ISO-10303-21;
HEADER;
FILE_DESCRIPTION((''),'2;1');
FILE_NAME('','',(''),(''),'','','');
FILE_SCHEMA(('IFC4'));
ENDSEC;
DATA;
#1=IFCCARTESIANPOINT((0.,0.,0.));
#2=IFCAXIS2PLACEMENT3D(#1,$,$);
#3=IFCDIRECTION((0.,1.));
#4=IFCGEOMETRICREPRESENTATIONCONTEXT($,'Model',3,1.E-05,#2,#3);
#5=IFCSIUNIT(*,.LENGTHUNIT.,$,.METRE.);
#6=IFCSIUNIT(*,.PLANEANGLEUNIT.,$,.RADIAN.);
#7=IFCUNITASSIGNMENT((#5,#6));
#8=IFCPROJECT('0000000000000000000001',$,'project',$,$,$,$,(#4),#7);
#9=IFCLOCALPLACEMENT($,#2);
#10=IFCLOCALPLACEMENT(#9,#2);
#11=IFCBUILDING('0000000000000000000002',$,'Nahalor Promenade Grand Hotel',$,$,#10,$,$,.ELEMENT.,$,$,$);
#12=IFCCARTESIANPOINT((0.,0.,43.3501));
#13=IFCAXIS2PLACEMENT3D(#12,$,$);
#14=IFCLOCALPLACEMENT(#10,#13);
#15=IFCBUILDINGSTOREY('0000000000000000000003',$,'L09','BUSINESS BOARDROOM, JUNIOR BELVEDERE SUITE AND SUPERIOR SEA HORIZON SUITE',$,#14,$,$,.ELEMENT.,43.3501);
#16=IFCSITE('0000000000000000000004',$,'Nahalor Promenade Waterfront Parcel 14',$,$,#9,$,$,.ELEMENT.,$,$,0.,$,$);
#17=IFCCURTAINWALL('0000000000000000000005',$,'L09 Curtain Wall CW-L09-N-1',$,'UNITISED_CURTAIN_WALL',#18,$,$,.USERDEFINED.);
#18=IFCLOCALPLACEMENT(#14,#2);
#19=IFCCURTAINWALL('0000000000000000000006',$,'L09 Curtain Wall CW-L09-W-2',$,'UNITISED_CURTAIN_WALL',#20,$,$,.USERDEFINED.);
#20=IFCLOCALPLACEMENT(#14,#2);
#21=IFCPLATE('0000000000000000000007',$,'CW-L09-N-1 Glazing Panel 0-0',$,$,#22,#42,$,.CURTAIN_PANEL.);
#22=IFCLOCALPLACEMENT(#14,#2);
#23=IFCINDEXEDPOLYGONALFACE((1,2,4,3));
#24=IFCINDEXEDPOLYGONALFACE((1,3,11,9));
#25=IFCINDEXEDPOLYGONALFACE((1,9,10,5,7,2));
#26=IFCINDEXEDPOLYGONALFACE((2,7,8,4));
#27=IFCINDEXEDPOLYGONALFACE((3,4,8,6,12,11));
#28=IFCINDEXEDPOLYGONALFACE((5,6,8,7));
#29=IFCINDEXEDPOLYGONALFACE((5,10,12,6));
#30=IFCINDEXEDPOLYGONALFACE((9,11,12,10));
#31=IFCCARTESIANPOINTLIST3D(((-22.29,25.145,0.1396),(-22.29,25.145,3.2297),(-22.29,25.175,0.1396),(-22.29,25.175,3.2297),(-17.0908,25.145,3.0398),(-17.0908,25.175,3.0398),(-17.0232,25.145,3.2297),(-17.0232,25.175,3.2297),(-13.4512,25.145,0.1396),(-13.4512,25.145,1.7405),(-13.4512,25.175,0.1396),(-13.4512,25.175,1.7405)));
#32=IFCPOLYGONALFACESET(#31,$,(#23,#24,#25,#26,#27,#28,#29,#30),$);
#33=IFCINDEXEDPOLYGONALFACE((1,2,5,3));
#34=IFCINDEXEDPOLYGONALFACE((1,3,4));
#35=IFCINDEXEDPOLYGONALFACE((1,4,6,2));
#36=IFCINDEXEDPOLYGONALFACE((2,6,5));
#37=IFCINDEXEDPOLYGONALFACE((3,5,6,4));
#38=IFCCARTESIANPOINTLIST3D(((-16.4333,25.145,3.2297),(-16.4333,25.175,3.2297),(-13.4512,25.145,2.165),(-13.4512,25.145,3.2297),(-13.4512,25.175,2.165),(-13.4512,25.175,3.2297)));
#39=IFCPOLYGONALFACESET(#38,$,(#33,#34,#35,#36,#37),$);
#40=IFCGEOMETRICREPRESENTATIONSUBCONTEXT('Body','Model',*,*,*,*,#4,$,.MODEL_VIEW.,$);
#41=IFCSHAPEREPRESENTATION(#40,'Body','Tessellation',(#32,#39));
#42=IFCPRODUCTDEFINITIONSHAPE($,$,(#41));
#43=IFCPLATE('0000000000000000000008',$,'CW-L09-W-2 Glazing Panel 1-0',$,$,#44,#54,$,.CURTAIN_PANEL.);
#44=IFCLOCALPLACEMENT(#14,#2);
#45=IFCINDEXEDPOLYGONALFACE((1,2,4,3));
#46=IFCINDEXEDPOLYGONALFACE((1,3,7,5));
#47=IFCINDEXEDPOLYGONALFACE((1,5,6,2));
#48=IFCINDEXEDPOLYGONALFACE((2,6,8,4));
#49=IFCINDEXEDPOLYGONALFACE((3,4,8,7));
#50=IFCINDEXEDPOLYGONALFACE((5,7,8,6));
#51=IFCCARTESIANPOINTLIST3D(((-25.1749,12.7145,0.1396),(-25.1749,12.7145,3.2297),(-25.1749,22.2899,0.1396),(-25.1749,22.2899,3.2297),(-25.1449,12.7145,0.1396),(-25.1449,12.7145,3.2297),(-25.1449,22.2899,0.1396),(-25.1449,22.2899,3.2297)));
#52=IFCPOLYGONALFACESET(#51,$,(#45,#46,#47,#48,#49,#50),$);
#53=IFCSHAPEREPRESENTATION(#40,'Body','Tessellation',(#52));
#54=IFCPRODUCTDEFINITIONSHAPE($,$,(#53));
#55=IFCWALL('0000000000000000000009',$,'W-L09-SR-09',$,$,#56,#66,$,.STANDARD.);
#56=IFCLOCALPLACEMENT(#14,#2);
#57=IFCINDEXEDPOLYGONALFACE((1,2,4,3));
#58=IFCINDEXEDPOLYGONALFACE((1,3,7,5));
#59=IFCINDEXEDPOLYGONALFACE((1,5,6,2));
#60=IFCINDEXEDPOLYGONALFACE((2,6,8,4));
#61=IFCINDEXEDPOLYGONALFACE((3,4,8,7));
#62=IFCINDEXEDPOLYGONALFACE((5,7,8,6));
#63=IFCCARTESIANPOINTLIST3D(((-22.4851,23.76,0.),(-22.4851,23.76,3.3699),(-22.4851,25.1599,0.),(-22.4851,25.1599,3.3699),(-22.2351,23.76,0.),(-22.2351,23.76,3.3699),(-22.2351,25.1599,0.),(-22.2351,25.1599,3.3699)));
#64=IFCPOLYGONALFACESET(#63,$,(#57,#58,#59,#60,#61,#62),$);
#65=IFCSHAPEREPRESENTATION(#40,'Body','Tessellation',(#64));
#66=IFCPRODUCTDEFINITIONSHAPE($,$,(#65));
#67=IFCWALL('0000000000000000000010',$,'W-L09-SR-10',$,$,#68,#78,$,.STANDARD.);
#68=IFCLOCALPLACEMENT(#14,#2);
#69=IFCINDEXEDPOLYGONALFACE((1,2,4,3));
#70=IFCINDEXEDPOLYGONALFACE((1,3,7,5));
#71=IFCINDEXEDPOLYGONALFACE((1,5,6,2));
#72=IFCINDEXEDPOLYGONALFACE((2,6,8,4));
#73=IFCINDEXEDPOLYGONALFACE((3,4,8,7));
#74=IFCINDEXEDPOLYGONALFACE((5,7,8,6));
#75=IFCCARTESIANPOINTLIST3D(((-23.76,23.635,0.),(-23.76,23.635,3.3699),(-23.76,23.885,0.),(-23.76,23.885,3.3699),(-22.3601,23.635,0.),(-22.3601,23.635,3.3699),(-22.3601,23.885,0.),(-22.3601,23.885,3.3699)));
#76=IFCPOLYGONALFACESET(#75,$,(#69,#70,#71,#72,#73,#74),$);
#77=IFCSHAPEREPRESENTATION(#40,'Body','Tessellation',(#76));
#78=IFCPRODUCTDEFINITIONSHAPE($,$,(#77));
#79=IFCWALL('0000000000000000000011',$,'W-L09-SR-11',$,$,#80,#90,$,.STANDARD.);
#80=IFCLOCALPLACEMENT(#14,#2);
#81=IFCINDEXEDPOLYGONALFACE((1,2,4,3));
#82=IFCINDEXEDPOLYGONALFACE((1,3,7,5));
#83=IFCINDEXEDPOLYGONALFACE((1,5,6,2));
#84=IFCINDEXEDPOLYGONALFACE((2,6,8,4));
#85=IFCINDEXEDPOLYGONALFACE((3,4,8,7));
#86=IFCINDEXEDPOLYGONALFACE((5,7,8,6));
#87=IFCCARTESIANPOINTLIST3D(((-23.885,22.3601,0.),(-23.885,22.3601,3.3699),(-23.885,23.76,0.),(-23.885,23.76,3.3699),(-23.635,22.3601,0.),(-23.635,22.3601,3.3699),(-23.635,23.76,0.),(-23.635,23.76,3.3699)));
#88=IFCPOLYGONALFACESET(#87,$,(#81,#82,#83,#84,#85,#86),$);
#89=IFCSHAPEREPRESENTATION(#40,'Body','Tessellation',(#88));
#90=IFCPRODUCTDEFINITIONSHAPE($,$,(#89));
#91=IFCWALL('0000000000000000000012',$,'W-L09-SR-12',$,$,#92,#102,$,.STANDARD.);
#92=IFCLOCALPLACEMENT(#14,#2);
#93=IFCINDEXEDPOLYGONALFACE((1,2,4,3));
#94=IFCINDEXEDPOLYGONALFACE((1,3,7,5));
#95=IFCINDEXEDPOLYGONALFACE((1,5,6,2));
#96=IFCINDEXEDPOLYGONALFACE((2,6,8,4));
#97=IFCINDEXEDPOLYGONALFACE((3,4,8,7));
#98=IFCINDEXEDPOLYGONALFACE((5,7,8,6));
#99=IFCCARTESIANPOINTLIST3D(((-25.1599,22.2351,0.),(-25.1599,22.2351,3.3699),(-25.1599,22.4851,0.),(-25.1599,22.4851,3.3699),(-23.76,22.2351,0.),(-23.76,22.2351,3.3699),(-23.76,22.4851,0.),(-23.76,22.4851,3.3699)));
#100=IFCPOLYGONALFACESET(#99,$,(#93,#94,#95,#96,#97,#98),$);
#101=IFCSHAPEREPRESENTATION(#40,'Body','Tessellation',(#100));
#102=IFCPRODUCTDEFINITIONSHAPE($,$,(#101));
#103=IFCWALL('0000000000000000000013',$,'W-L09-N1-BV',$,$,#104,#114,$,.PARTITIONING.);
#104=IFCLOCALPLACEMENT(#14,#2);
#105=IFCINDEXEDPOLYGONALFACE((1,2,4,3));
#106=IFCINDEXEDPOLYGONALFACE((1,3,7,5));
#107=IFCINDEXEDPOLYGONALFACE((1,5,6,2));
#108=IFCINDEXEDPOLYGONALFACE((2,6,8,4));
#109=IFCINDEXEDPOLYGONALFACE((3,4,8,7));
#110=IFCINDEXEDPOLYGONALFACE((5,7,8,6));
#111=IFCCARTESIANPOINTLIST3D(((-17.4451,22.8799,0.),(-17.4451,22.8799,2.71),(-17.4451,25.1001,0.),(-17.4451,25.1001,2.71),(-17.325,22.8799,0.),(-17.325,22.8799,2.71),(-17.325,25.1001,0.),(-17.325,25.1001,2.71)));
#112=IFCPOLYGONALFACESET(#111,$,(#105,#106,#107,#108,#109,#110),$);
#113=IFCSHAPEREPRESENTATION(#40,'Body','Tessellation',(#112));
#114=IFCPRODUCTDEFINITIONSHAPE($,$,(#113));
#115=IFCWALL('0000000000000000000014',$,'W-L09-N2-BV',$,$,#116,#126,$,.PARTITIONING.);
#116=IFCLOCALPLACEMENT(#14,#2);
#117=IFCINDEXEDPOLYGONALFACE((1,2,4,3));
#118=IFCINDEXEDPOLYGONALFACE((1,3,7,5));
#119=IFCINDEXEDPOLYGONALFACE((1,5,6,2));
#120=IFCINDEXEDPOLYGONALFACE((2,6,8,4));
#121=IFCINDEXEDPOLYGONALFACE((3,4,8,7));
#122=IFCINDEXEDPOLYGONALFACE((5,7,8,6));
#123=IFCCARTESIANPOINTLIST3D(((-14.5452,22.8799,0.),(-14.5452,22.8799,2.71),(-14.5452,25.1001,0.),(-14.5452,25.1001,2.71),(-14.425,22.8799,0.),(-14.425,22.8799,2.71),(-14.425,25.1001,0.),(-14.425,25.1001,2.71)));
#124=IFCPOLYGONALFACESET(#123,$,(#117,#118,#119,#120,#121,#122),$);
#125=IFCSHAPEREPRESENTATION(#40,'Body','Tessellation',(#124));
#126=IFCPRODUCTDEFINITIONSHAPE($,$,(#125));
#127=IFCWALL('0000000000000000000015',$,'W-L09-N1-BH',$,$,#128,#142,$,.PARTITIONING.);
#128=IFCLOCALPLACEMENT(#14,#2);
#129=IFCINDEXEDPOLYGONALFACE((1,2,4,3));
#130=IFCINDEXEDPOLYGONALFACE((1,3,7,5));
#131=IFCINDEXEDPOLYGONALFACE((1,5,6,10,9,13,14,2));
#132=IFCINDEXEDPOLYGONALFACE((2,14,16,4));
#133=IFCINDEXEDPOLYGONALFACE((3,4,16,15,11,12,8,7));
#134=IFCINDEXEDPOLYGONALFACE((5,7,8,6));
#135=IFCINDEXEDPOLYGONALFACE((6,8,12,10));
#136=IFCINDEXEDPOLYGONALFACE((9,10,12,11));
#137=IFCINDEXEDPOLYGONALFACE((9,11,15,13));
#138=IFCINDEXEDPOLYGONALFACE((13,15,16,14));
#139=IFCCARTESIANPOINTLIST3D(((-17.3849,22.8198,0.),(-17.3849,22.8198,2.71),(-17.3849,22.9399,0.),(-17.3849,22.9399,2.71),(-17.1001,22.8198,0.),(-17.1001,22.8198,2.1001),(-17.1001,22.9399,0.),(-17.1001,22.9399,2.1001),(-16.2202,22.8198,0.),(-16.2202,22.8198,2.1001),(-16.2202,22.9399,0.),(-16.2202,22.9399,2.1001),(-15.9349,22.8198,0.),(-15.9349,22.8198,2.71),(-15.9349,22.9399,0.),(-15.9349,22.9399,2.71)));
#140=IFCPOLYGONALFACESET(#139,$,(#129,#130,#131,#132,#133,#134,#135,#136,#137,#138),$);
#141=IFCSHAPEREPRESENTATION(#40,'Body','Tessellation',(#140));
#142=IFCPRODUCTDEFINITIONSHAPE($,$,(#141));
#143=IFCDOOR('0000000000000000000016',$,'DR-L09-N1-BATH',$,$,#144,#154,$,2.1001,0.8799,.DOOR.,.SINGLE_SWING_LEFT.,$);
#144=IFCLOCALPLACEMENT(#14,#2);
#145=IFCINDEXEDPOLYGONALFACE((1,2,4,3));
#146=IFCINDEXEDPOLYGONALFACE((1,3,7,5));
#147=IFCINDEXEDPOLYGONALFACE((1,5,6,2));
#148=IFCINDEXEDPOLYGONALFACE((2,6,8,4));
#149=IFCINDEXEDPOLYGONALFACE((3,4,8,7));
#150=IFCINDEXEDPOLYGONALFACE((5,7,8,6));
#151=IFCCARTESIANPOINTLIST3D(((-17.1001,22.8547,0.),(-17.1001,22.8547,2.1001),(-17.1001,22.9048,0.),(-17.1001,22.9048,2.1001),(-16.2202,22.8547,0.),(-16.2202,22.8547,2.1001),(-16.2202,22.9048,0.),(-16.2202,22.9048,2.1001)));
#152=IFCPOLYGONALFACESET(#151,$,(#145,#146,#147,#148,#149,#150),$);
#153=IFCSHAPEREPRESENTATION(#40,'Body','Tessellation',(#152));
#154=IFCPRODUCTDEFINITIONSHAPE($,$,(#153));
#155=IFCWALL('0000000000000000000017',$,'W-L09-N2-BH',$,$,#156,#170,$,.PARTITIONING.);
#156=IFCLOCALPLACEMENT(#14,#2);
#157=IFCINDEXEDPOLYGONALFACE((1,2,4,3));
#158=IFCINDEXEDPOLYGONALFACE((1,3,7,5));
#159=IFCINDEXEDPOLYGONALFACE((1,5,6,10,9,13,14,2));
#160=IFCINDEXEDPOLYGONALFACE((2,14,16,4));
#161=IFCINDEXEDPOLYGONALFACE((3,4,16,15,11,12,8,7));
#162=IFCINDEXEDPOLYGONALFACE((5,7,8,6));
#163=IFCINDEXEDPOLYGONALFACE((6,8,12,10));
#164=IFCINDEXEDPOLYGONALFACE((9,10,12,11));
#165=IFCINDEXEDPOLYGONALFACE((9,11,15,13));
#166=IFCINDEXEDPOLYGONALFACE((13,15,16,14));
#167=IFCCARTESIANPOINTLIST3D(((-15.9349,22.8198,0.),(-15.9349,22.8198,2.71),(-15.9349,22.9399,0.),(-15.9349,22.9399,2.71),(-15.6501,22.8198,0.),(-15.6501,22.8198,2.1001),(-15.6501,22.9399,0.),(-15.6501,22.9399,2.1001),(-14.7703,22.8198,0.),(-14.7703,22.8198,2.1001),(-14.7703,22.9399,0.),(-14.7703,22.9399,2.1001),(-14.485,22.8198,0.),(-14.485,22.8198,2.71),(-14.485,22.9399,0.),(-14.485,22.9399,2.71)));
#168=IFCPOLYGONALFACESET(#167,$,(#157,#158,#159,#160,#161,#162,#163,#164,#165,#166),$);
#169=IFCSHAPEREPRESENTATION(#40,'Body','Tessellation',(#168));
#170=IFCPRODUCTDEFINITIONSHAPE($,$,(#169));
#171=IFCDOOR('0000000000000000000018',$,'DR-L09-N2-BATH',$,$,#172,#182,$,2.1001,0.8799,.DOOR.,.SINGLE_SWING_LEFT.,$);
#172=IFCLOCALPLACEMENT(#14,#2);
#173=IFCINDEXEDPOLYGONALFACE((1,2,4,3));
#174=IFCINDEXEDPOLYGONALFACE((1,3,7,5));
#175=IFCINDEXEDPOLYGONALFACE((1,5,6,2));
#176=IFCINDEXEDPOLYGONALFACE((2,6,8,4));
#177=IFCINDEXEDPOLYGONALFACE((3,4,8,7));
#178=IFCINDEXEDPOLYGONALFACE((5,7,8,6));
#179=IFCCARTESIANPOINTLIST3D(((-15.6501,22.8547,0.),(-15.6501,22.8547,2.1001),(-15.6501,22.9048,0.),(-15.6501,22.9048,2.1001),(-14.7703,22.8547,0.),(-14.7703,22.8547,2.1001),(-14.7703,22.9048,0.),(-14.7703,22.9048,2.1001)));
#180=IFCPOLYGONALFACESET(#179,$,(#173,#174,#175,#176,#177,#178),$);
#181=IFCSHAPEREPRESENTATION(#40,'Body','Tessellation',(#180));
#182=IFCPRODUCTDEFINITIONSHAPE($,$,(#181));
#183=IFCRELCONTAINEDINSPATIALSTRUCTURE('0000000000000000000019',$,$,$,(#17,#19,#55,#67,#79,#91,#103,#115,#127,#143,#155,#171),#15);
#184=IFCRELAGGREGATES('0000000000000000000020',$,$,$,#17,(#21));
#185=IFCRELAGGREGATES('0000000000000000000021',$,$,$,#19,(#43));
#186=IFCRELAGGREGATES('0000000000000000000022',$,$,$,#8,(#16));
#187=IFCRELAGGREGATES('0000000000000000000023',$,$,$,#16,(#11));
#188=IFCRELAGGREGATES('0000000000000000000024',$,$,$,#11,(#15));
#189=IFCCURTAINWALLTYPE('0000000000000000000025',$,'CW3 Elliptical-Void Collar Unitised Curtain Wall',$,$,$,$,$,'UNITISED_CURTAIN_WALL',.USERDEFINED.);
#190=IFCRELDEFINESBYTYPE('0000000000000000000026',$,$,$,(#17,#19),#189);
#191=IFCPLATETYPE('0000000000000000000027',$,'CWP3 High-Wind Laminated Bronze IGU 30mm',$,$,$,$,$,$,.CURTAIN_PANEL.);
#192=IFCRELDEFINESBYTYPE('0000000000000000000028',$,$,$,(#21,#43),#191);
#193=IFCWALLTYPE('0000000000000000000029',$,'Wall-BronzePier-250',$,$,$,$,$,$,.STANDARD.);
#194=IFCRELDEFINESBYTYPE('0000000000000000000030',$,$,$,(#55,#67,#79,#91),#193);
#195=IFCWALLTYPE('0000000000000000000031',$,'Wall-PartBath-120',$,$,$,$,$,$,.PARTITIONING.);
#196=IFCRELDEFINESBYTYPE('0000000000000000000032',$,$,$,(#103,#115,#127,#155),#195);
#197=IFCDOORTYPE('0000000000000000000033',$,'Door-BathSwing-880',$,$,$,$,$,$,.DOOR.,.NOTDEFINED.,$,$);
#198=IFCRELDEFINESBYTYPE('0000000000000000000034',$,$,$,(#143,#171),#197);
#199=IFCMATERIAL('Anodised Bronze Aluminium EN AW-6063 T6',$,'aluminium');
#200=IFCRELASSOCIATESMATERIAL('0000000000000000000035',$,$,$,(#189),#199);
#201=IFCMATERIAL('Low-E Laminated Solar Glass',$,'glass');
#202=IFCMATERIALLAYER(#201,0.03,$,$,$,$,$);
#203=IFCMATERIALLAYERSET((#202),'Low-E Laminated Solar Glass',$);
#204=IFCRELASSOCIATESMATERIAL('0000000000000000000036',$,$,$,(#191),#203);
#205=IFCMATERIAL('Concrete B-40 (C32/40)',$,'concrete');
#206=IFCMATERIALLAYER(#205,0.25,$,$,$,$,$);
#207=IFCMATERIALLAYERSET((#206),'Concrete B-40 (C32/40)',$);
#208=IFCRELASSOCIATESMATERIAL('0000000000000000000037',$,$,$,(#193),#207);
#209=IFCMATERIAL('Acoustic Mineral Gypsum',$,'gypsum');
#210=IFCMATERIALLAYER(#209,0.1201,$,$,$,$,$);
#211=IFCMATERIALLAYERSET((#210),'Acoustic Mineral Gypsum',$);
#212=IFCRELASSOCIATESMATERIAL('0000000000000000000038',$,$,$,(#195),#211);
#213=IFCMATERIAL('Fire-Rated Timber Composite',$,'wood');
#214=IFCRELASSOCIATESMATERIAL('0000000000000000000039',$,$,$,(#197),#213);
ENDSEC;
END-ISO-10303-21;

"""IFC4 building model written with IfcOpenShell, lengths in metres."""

from ifc_helpers import new_model, si_unit, direction, frame, frame_2d, origin, origin_2d, place, context, subcontext, project, spatial, polyline, rectangle, outline, extrude, source, transform, mapped, material, layer, layer_set, type_object, element, fill, aggregate, save


model = new_model("IFC4")

# Units and contexts
model_context = context("Model", 3, precision=1e-05, world=origin(), true_north=direction((0.0, 1.0)))
body_context = subcontext(model_context, "Body", "Model", "MODEL_VIEW")
ifc_project = project(units=[si_unit("LENGTHUNIT", "METRE"), si_unit("PLANEANGLEUNIT", "RADIAN")], contexts=[model_context])

# Site, building, storey
site_placement = place(None, origin())
site = spatial("IfcSite", under=ifc_project, at=site_placement, Name="Nahalor Promenade Waterfront Parcel 14", CompositionType="ELEMENT", RefElevation=0.0)
building_placement = place(site_placement, origin())
building = spatial("IfcBuilding", under=site, at=building_placement, Name="Nahalor Promenade Grand Hotel", CompositionType="ELEMENT")
storey_placement = place(building_placement, frame((0.0, 0.0, 43.3501)))
storey = spatial("IfcBuildingStorey", under=building, at=storey_placement, Name="L09", Description="BUSINESS BOARDROOM, JUNIOR BELVEDERE SUITE AND SUPERIOR SEA HORIZON SUITE", CompositionType="ELEMENT", Elevation=43.3501)

# Curtain wall
ifc_material_1 = material(Name="Anodised Bronze Aluminium EN AW-6063 T6", Category="aluminium")
curtain_wall_type = type_object("IfcCurtainWallType", Name="CW3 Elliptical-Void Collar Unitised Curtain Wall", ElementType="UNITISED_CURTAIN_WALL", PredefinedType="USERDEFINED", material=ifc_material_1)
curtain_wall_1_placement = place(storey_placement, origin())
curtain_wall_1 = element("IfcCurtainWall", 1, at=curtain_wall_1_placement, inside=storey, type_object=curtain_wall_type, Name="L09 Curtain Wall CW-L09-N-1", ObjectType="UNITISED_CURTAIN_WALL", PredefinedType="USERDEFINED")

# Curtain wall
curtain_wall_2_placement = place(storey_placement, origin())
curtain_wall_2 = element("IfcCurtainWall", 2, at=curtain_wall_2_placement, inside=storey, type_object=curtain_wall_type, Name="L09 Curtain Wall CW-L09-W-2", ObjectType="UNITISED_CURTAIN_WALL", PredefinedType="USERDEFINED")

# Plates
ifc_material_2 = material(Name="Low-E Laminated Solar Glass", Category="glass")
ifc_layer_1 = layer(ifc_material_2, 0.03)
ifc_layer_set_1 = layer_set([ifc_layer_1], Name="Low-E Laminated Solar Glass")
plate_type = type_object("IfcPlateType", Name="CWP3 High-Wind Laminated Bronze IGU 30mm", PredefinedType="CURTAIN_PANEL", material=ifc_layer_set_1)
plate_1_placement = place(storey_placement, frame((-17.8706, 25.1599, 0.1396), z_axis=(0.0, 0.0, 1.0), x_axis=(1.0, 0.0, 0.0)))
plate_1 = element("IfcPlate", 3, at=plate_1_placement, type_object=plate_type, Name="CW-L09-N-1 Glazing Panel 0-0", PredefinedType="CURTAIN_PANEL", context=body_context, shape_type="SweptSolid", body=[
    extrude(outline(polyline([(-4.4194, 0.0), (4.4194, 0.0), (4.4194, 1.6008), (0.7798, 2.9001), (0.8474, 3.0901), (-4.4194, 3.0901), (-4.4194, 0.0)])), frame((0.0, 0.0151, 0.0), z_axis=(0.0, -1.0, 0.0), x_axis=(1.0, 0.0, 0.0)), (0.0, 0.0, 1.0), 0.03),
    extrude(outline(polyline([(4.4194, 2.0254), (4.4194, 3.0901), (1.4373, 3.0901), (4.4194, 2.0254)])), frame((0.0, 0.0151, 0.0), z_axis=(0.0, -1.0, 0.0), x_axis=(1.0, 0.0, 0.0)), (0.0, 0.0, 1.0), 0.03),
])
aggregate(curtain_wall_1, [plate_1])
shared_shape_1 = source(origin(), body_context, "Body", "SweptSolid", [
    extrude(rectangle(XDim=9.5754, YDim=0.03, at=origin_2d()), origin(), (0.0, 0.0, 1.0), 3.0901),
])
plate_2_placement = place(storey_placement, frame((-25.1599, 17.5022, 0.1396), z_axis=(0.0, 0.0, 1.0), x_axis=(0.0, 1.0, 0.0)))
plate_2 = element("IfcPlate", 4, at=plate_2_placement, type_object=plate_type, Name="CW-L09-W-2 Glazing Panel 1-0", PredefinedType="CURTAIN_PANEL", context=body_context, shape_type="MappedRepresentation", body=[
    mapped(shared_shape_1, transform((0.0, 0.0, 0.0), scale=1.0)),
])
aggregate(curtain_wall_2, [plate_2])

# Walls
ifc_material_3 = material(Name="Concrete B-40 (C32/40)", Category="concrete")
ifc_layer_2 = layer(ifc_material_3, 0.25)
ifc_layer_set_2 = layer_set([ifc_layer_2], Name="Concrete B-40 (C32/40)")
wall_type_1 = type_object("IfcWallType", Name="Wall-BronzePier-250", PredefinedType="STANDARD", material=ifc_layer_set_2)
shared_shape_2 = source(origin(), body_context, "Body", "SweptSolid", [
    extrude(rectangle(XDim=1.3999, YDim=0.25, at=frame_2d((0.7, 0.0))), origin(), (0.0, 0.0, 1.0), 3.3699),
])
for number, where, z_axis, x_axis, name in (
    (5, (-22.3601, 23.76, 0.0), (0.0, 0.0, 1.0), (0.0, 1.0, 0.0), "W-L09-SR-09"),
    (6, (-23.76, 23.76, 0.0), (0.0, 0.0, 1.0), (1.0, 0.0, 0.0), "W-L09-SR-10"),
    (7, (-23.76, 22.3601, 0.0), (0.0, 0.0, 1.0), (0.0, 1.0, 0.0), "W-L09-SR-11"),
    (8, (-25.1599, 22.3601, 0.0), (0.0, 0.0, 1.0), (1.0, 0.0, 0.0), "W-L09-SR-12"),
):
    element("IfcWall", number, at=place(storey_placement, frame(where, z_axis=z_axis, x_axis=x_axis)), inside=storey, type_object=wall_type_1, Name=name, PredefinedType="STANDARD", context=body_context, shape_type="MappedRepresentation", body=[
        mapped(shared_shape_2, transform((0.0, 0.0, 0.0), scale=1.0)),
    ])
ifc_material_4 = material(Name="Acoustic Mineral Gypsum", Category="gypsum")
ifc_layer_3 = layer(ifc_material_4, 0.1201)
ifc_layer_set_3 = layer_set([ifc_layer_3], Name="Acoustic Mineral Gypsum")
wall_type_2 = type_object("IfcWallType", Name="Wall-PartBath-120", PredefinedType="PARTITIONING", material=ifc_layer_set_3)
shared_shape_3 = source(origin(), body_context, "Body", "SweptSolid", [
    extrude(rectangle(XDim=2.2202, YDim=0.1201, at=frame_2d((1.1101, 0.0))), origin(), (0.0, 0.0, 1.0), 2.71),
])
for number, where, z_axis, x_axis, name in (
    (9, (-17.385, 22.8799, 0.0), (0.0, 0.0, 1.0), (0.0, 1.0, 0.0), "W-L09-N1-BV"),
    (10, (-14.4851, 22.8799, 0.0), (0.0, 0.0, 1.0), (0.0, 1.0, 0.0), "W-L09-N2-BV"),
):
    element("IfcWall", number, at=place(storey_placement, frame(where, z_axis=z_axis, x_axis=x_axis)), inside=storey, type_object=wall_type_2, Name=name, PredefinedType="PARTITIONING", context=body_context, shape_type="MappedRepresentation", body=[
        mapped(shared_shape_3, transform((0.0, 0.0, 0.0), scale=1.0)),
    ])

# Walls, openings, doors
shared_shape_4 = source(origin(), body_context, "Body", "SweptSolid", [
    extrude(rectangle(XDim=1.45, YDim=0.1201, at=frame_2d((0.7251, 0.0))), origin(), (0.0, 0.0, 1.0), 2.71),
])
wall_1_placement = place(storey_placement, frame((-17.385, 22.8799, 0.0), z_axis=(0.0, 0.0, 1.0), x_axis=(1.0, 0.0, 0.0)))
wall_1 = element("IfcWall", 11, at=wall_1_placement, inside=storey, type_object=wall_type_2, Name="W-L09-N1-BH", PredefinedType="PARTITIONING", context=body_context, shape_type="MappedRepresentation", body=[
    mapped(shared_shape_4, transform((0.0, 0.0, 0.0), scale=1.0)),
])
opening_1_placement = place(wall_1_placement, frame((0.2849, 0.0, 0.0)))
opening_1 = element("IfcOpeningElement", 12, at=opening_1_placement, cuts=wall_1, PredefinedType="OPENING", context=body_context, shape_type="SweptSolid", body=[
    extrude(rectangle(XDim=0.8799, YDim=2.1001, at=frame_2d((0.4399, 1.05))), frame((0.0, 0.0701, 0.0), z_axis=(0.0, -1.0, 0.0), x_axis=(1.0, 0.0, 0.0)), (0.0, 0.0, 1.0), 0.1401),
])
ifc_material_5 = material(Name="Fire-Rated Timber Composite", Category="wood")
door_type = type_object("IfcDoorType", Name="Door-BathSwing-880", OperationType="NOTDEFINED", PredefinedType="DOOR", material=ifc_material_5)
shared_shape_5 = source(origin(), body_context, "Body", "SweptSolid", [
    extrude(rectangle(XDim=0.8799, YDim=2.1001, at=frame_2d((0.4399, 1.05))), frame((0.0, 0.0249, 0.0), z_axis=(0.0, -1.0, 0.0), x_axis=(1.0, 0.0, 0.0)), (0.0, 0.0, 1.0), 0.05),
])
door_1_placement = place(opening_1_placement, origin())
door_1 = element("IfcDoor", 13, at=door_1_placement, inside=storey, type_object=door_type, Name="DR-L09-N1-BATH", OperationType="SINGLE_SWING_LEFT", OverallHeight=2.1001, OverallWidth=0.8799, PredefinedType="DOOR", context=body_context, shape_type="MappedRepresentation", body=[
    mapped(shared_shape_5, transform((0.0, 0.0, 0.0), scale=1.0)),
])
fill(opening_1, door_1)
wall_2_placement = place(storey_placement, frame((-15.9351, 22.8799, 0.0), z_axis=(0.0, 0.0, 1.0), x_axis=(1.0, 0.0, 0.0)))
wall_2 = element("IfcWall", 14, at=wall_2_placement, inside=storey, type_object=wall_type_2, Name="W-L09-N2-BH", PredefinedType="PARTITIONING", context=body_context, shape_type="MappedRepresentation", body=[
    mapped(shared_shape_4, transform((0.0, 0.0, 0.0), scale=1.0)),
])
opening_2_placement = place(wall_2_placement, frame((0.2849, 0.0, 0.0)))
opening_2 = element("IfcOpeningElement", 15, at=opening_2_placement, cuts=wall_2, PredefinedType="OPENING", context=body_context, shape_type="SweptSolid", body=[
    extrude(rectangle(XDim=0.8799, YDim=2.1001, at=frame_2d((0.4399, 1.05))), frame((0.0, 0.0701, 0.0), z_axis=(0.0, -1.0, 0.0), x_axis=(1.0, 0.0, 0.0)), (0.0, 0.0, 1.0), 0.1401),
])
door_2_placement = place(opening_2_placement, origin())
door_2 = element("IfcDoor", 16, at=door_2_placement, inside=storey, type_object=door_type, Name="DR-L09-N2-BATH", OperationType="SINGLE_SWING_LEFT", OverallHeight=2.1001, OverallWidth=0.8799, PredefinedType="DOOR", context=body_context, shape_type="MappedRepresentation", body=[
    mapped(shared_shape_5, transform((0.0, 0.0, 0.0), scale=1.0)),
])
fill(opening_2, door_2)

save(model, "model.ifc")
